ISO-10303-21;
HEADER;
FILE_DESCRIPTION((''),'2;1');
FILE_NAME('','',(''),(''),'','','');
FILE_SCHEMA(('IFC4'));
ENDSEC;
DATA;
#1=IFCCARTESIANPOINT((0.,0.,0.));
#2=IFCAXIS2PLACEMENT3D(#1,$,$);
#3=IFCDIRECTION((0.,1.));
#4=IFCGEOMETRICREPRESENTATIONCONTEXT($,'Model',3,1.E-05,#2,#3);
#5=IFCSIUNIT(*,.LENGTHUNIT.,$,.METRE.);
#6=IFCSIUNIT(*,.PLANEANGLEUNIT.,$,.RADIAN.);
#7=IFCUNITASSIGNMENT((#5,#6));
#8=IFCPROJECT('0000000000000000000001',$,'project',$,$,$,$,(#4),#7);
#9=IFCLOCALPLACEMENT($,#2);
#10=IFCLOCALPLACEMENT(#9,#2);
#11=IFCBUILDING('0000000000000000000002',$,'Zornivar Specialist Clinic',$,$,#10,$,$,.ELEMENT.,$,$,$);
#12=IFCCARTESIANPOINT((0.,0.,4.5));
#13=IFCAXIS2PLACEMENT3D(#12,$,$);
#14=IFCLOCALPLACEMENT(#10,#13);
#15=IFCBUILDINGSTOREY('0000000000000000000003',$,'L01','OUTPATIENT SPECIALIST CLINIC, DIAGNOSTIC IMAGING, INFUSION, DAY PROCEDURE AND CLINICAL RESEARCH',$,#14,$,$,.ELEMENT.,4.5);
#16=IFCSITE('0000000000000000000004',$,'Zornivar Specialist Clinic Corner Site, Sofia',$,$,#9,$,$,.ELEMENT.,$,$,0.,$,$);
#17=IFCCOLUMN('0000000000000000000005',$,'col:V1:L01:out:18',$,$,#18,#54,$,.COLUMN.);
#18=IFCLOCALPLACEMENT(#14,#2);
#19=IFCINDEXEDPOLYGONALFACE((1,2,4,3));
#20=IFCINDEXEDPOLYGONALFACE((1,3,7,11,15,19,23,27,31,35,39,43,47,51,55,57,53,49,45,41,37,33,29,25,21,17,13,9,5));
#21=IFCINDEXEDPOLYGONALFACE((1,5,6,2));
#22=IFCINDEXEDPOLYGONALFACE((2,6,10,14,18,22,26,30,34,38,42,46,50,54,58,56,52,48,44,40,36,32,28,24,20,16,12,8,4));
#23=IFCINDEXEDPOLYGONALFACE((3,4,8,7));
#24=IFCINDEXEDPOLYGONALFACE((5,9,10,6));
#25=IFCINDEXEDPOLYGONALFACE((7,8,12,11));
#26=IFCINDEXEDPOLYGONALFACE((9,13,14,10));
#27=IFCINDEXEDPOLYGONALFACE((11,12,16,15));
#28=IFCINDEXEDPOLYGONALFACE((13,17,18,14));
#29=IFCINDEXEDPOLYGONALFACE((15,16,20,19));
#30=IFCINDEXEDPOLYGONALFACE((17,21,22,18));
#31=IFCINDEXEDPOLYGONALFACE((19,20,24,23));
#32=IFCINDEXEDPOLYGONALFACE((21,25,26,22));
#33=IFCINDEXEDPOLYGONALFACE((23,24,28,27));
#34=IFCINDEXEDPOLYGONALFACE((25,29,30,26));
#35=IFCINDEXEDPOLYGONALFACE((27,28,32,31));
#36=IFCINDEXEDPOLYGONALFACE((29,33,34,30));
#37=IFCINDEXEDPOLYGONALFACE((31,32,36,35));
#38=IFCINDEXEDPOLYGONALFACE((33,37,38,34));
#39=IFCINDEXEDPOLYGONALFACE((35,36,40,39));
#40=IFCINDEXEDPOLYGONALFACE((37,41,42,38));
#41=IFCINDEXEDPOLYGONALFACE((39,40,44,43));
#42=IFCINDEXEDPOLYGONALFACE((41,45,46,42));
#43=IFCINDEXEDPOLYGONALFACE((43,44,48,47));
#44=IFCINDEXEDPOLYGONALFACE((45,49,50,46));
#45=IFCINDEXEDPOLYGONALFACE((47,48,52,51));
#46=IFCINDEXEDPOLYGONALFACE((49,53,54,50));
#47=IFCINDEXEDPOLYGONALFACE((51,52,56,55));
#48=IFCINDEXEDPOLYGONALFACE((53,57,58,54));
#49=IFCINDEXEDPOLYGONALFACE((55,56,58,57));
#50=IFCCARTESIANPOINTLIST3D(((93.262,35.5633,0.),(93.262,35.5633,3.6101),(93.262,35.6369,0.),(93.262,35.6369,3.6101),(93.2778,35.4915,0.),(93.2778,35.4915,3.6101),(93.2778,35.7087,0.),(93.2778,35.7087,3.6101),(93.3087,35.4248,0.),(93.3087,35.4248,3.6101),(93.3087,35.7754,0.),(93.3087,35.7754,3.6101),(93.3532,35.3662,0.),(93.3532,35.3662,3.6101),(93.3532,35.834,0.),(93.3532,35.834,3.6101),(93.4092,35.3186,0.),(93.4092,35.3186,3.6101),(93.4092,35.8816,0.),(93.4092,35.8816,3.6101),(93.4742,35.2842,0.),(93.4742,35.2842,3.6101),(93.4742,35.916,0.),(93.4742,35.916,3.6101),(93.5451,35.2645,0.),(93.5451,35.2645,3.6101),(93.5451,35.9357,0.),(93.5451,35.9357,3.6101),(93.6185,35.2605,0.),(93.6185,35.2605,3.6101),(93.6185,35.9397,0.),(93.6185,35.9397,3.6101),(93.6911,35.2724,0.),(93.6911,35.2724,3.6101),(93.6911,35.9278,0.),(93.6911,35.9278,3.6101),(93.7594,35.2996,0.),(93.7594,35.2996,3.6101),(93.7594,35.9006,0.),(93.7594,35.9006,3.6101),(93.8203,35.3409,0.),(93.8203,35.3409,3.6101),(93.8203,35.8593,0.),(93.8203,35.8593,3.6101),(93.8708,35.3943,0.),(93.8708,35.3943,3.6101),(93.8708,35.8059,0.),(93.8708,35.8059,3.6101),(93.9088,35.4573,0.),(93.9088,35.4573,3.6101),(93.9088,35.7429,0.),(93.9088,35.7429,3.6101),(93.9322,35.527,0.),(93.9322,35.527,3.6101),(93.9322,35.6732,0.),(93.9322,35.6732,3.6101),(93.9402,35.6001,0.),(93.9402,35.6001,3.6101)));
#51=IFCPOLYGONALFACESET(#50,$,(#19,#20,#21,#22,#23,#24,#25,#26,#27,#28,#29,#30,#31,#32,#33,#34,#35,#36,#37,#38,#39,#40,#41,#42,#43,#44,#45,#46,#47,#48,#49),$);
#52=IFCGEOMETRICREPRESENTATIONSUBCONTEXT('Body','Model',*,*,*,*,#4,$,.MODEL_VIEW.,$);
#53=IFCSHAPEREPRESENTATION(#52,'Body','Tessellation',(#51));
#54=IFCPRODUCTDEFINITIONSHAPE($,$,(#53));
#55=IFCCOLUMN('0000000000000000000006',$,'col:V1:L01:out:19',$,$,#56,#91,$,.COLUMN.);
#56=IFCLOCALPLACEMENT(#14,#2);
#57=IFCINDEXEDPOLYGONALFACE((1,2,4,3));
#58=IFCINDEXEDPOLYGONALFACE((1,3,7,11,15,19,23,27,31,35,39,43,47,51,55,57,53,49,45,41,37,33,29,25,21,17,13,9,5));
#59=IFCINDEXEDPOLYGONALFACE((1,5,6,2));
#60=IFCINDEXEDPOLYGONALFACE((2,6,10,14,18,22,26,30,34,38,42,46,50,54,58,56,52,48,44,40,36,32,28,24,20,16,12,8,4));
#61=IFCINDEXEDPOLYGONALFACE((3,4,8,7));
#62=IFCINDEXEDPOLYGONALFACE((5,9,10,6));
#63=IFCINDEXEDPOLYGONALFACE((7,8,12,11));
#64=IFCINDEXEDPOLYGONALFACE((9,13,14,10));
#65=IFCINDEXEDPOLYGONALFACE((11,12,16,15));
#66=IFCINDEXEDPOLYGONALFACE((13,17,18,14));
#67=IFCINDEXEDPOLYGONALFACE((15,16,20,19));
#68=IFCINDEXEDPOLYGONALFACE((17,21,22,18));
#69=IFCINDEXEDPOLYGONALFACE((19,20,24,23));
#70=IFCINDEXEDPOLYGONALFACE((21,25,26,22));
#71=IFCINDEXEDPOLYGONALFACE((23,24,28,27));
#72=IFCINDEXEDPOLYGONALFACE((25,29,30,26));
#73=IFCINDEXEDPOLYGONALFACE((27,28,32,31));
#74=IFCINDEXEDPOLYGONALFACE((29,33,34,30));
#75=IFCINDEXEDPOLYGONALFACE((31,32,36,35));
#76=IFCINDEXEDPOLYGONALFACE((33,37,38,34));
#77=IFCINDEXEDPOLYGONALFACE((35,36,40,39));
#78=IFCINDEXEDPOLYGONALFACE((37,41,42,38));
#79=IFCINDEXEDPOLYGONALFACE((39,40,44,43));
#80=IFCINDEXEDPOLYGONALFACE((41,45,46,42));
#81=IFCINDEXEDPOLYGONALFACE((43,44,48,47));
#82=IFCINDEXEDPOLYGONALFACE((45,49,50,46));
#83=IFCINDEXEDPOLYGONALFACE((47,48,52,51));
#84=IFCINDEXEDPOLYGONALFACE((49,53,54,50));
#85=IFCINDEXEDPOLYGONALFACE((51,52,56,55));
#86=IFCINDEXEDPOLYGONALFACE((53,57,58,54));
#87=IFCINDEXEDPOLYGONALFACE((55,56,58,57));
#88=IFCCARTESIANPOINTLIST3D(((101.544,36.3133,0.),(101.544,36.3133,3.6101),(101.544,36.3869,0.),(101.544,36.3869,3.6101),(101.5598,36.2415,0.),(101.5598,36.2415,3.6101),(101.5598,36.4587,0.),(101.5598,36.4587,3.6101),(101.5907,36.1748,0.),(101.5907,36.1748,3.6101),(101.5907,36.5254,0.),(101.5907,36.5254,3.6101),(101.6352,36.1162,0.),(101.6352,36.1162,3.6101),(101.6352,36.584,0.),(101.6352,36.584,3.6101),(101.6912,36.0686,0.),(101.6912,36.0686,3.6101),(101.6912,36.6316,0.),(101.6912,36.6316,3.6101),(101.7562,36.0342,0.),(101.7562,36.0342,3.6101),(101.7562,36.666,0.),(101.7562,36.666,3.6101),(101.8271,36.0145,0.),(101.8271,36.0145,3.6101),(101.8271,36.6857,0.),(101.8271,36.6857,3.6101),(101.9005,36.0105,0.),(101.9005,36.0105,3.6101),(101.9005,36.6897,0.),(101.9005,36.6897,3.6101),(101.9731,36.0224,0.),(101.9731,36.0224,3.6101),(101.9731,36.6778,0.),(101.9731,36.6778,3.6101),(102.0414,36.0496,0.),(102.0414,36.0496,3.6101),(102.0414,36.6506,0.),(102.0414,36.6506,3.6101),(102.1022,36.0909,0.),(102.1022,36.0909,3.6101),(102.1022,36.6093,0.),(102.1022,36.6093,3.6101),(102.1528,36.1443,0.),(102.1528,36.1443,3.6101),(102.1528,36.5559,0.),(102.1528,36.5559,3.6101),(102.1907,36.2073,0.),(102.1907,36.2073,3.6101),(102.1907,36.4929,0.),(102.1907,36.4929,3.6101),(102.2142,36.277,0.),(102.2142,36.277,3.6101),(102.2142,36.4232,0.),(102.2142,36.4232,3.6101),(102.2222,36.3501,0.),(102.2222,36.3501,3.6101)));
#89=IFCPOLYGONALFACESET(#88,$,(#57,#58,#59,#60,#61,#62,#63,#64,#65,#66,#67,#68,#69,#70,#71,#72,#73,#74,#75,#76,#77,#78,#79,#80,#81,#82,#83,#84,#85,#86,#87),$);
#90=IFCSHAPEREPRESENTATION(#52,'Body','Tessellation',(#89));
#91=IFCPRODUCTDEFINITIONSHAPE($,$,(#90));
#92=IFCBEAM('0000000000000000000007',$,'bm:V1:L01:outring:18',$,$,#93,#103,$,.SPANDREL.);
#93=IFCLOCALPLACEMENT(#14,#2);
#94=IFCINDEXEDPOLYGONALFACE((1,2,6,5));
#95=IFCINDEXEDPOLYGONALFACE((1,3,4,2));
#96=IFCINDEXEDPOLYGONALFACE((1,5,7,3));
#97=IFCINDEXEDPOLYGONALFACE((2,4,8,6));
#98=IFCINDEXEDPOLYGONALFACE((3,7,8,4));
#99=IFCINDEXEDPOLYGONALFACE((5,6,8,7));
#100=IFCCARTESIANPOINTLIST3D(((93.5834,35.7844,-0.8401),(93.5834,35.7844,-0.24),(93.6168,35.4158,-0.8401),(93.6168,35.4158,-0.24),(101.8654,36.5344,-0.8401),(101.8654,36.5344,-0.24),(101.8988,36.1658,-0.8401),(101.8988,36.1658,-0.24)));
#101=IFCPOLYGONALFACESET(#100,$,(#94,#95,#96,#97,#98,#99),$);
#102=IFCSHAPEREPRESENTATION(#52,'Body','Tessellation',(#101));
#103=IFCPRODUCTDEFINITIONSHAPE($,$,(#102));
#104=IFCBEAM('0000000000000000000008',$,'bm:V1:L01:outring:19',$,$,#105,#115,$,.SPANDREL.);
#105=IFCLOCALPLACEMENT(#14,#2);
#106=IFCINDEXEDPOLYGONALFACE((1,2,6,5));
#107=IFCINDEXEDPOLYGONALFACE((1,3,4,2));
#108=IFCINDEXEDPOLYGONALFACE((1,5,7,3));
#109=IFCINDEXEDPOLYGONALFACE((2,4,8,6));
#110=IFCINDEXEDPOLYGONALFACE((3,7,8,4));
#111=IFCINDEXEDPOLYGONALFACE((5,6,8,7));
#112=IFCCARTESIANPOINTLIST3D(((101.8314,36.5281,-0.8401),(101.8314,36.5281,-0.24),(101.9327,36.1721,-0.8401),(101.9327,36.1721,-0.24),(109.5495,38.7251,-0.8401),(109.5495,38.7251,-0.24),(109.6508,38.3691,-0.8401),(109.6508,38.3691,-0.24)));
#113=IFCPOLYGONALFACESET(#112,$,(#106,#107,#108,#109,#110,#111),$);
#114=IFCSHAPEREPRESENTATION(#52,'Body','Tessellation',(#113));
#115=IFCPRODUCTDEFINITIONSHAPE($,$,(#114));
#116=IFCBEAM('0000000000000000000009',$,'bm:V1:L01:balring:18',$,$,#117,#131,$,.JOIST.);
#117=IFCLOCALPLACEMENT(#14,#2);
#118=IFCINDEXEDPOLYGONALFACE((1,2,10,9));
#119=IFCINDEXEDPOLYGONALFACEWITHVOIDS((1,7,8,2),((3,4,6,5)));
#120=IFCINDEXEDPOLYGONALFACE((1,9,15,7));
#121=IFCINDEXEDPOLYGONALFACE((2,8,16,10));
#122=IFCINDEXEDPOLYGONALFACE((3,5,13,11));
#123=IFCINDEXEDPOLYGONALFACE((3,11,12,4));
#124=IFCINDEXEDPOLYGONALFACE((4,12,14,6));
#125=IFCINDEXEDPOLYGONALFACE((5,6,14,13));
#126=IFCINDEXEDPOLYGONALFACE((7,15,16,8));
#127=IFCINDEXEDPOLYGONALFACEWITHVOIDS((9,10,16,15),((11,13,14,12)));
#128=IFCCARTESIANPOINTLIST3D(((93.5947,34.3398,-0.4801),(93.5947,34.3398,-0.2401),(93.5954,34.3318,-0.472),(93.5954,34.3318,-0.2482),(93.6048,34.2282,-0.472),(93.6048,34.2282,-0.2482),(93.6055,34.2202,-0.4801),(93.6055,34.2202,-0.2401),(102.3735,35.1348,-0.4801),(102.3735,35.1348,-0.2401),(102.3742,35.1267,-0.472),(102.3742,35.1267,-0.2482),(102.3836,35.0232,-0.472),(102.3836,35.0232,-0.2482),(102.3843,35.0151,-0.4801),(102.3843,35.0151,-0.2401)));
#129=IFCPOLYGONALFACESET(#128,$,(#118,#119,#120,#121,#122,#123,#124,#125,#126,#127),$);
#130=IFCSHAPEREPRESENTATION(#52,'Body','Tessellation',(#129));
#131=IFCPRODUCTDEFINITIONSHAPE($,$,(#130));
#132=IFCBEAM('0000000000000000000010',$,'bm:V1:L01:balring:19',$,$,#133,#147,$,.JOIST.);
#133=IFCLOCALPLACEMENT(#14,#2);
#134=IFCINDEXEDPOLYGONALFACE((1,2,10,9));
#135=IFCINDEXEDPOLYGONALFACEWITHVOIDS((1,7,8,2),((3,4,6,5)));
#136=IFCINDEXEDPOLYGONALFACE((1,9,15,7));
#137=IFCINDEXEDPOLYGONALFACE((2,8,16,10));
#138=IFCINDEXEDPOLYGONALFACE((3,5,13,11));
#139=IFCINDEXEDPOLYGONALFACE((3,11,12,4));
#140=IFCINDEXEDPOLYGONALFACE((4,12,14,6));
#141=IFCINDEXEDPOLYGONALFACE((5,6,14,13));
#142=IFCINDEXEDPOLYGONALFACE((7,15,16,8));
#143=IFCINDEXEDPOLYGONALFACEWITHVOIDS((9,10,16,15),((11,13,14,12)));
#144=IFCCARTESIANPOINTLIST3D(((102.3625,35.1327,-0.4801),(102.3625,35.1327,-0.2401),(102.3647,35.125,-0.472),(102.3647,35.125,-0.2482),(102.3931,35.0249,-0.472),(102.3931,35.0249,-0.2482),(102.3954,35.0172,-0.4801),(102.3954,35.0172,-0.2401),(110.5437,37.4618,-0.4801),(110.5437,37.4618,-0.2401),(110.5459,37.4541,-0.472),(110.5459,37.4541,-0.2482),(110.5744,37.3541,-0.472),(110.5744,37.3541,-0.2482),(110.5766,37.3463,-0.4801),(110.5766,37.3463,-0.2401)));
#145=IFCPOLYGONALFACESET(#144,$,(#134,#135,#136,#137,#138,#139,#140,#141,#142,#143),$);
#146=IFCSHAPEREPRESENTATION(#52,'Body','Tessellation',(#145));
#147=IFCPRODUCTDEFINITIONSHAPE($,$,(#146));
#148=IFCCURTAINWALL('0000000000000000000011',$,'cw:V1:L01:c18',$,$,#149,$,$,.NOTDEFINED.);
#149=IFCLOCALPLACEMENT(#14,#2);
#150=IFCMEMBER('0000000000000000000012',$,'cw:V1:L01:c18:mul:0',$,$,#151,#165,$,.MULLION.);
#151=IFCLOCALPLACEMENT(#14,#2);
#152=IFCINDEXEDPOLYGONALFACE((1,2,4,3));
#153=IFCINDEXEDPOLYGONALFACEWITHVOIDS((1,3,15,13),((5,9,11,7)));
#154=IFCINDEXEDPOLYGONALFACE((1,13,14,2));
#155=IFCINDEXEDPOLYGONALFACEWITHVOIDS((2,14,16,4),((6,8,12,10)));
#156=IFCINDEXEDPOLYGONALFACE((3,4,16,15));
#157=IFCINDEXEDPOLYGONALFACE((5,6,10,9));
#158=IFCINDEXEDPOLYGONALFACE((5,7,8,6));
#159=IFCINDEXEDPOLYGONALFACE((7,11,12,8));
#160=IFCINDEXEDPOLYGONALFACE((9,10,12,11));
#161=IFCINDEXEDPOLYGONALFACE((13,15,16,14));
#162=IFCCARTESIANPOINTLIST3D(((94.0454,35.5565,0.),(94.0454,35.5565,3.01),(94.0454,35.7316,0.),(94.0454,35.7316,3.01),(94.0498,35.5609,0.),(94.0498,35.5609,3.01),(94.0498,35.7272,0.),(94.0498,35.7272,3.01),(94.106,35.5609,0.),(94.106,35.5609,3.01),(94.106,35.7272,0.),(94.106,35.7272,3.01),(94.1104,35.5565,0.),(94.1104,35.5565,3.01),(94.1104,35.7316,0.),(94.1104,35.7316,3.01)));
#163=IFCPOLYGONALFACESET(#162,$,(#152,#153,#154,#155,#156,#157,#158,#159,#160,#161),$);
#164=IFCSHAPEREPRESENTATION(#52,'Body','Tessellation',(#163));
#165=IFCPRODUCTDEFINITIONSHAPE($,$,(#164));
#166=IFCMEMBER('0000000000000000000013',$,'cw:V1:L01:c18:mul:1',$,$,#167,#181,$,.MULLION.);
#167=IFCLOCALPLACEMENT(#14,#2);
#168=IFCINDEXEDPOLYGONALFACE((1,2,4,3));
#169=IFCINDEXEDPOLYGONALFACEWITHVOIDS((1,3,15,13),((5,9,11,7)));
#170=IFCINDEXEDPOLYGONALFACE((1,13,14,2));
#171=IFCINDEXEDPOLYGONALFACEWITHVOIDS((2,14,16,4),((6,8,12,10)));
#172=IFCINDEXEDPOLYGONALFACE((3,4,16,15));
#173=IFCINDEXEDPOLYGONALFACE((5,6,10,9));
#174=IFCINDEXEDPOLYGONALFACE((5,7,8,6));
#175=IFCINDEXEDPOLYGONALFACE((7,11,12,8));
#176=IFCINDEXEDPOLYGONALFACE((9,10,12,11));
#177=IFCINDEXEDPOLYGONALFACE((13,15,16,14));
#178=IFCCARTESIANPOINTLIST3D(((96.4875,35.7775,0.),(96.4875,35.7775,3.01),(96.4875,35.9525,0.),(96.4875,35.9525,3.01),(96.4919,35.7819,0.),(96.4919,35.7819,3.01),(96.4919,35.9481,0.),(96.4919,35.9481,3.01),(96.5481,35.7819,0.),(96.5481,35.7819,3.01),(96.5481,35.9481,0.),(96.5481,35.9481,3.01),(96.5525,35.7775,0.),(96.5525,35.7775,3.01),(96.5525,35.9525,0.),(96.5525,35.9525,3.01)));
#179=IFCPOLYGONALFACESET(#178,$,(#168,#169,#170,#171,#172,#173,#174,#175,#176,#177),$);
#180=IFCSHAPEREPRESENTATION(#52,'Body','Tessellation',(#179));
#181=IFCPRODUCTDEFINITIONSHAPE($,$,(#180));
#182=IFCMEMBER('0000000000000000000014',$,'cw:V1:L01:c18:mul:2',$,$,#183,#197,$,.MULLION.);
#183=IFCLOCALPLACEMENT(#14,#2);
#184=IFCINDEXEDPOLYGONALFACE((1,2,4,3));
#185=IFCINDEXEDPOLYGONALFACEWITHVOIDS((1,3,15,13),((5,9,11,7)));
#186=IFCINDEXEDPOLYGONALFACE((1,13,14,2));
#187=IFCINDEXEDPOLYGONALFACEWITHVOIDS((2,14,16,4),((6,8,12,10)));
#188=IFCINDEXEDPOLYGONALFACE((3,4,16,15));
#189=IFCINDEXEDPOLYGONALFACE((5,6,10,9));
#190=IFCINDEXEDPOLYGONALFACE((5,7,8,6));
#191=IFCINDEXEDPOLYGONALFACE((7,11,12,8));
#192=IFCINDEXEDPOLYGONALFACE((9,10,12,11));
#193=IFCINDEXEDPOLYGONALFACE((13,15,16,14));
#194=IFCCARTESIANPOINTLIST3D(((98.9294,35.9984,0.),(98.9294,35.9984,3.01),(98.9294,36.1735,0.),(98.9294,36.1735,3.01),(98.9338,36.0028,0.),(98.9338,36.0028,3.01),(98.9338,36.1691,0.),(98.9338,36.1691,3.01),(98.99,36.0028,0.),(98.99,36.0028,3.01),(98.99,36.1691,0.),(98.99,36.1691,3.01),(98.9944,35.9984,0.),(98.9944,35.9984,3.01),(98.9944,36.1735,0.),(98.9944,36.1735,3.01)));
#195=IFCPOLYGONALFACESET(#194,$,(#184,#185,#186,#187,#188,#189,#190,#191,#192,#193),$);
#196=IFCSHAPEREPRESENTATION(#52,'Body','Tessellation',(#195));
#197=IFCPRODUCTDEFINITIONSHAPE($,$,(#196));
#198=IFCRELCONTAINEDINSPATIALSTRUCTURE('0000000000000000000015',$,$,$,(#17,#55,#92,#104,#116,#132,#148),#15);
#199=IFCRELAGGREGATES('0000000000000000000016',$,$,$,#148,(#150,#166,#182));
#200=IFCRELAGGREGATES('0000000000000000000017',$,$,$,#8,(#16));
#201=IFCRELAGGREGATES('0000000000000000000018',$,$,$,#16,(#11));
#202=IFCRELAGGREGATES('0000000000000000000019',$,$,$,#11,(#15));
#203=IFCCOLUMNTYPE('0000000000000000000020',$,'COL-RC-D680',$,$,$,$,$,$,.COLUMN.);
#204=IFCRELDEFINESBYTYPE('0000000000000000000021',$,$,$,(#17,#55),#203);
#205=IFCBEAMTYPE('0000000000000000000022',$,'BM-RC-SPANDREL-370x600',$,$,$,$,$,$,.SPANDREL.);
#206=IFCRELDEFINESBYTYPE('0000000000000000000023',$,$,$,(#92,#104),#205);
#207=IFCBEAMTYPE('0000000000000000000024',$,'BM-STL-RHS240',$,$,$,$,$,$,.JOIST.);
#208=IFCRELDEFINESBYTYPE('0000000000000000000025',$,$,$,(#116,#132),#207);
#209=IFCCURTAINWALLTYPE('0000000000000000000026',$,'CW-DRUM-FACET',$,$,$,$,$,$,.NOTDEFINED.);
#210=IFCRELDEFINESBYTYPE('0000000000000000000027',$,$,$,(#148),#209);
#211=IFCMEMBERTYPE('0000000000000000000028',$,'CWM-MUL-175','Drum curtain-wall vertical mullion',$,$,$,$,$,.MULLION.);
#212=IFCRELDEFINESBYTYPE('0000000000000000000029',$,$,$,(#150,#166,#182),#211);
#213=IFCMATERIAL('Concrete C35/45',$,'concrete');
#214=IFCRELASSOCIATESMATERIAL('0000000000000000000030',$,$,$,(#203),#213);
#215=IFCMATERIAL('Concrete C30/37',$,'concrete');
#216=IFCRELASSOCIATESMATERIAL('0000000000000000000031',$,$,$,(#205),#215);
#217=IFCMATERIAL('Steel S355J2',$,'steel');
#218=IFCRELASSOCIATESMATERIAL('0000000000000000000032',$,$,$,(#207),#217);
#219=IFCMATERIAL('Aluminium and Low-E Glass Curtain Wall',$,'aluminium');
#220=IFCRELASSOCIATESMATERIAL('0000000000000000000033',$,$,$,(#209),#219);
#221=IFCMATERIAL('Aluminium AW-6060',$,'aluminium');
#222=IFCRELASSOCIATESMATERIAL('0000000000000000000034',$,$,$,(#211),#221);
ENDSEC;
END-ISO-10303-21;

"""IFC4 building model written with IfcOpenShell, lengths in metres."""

from ifc_helpers import new_model, si_unit, direction, frame, origin, origin_2d, place, context, subcontext, project, spatial, rectangle, hollow_rectangle, circle, extrude, material, material_profile, profile_set, type_object, element, aggregate, save


model = new_model("IFC4")

# Units and contexts
model_context = context("Model", 3, precision=1e-05, world=origin(), true_north=direction((0.0, 1.0)))
body_context = subcontext(model_context, "Body", "Model", "MODEL_VIEW")
ifc_project = project(units=[si_unit("LENGTHUNIT", "METRE"), si_unit("PLANEANGLEUNIT", "RADIAN")], contexts=[model_context])

# Site, building, storey
site_placement = place(None, origin())
site = spatial("IfcSite", under=ifc_project, at=site_placement, Name="Zornivar Specialist Clinic Corner Site, Sofia", CompositionType="ELEMENT", RefElevation=0.0)
building_placement = place(site_placement, origin())
building = spatial("IfcBuilding", under=site, at=building_placement, Name="Zornivar Specialist Clinic", CompositionType="ELEMENT")
storey_placement = place(building_placement, frame((0.0, 0.0, 4.5)))
storey = spatial("IfcBuildingStorey", under=building, at=storey_placement, Name="L01", Description="OUTPATIENT SPECIALIST CLINIC, DIAGNOSTIC IMAGING, INFUSION, DAY PROCEDURE AND CLINICAL RESEARCH", CompositionType="ELEMENT", Elevation=4.5)

# Columns
ifc_material_1 = material(Name="Concrete C35/45", Category="concrete")
ifc_material_profile_1 = material_profile(ifc_material_1, circle(Radius=0.3401, at=origin_2d()), Name="RC D680")
ifc_profile_set_1 = profile_set([ifc_material_profile_1], Name="Concrete C35/45")
column_type = type_object("IfcColumnType", Name="COL-RC-D680", PredefinedType="COLUMN", material=ifc_profile_set_1)
for number, where, z_axis, x_axis, name in (
    (1, (93.6001, 35.6001, 0.0), (0.0, 0.0, 1.0), (1.0, 0.0, 0.0), "col:V1:L01:out:18"),
    (2, (101.8821, 36.3501, 0.0), (0.0, 0.0, 1.0), (1.0, 0.0, 0.0), "col:V1:L01:out:19"),
):
    element("IfcColumn", number, at=place(storey_placement, frame(where, z_axis=z_axis, x_axis=x_axis)), inside=storey, type_object=column_type, Name=name, PredefinedType="COLUMN", context=body_context, shape_type="SweptSolid", body=[
        extrude(circle(Radius=0.3401, at=origin_2d()), origin(), (0.0, 0.0, 1.0), 3.6101),
    ])

# Beams
ifc_material_2 = material(Name="Concrete C30/37", Category="concrete")
ifc_material_profile_2 = material_profile(ifc_material_2, rectangle(XDim=0.3701, YDim=0.6001, at=origin_2d()), Name="RC 370x600")
ifc_profile_set_2 = profile_set([ifc_material_profile_2], Name="Concrete C30/37")
beam_type_1 = type_object("IfcBeamType", Name="BM-RC-SPANDREL-370x600", PredefinedType="SPANDREL", material=ifc_profile_set_2)
beam_1_placement = place(storey_placement, frame((93.6001, 35.6001, -0.54), z_axis=(0.995925, 0.090189, 0.0), x_axis=(-0.090189, 0.995925, 0.0)))
element("IfcBeam", 3, at=beam_1_placement, inside=storey, type_object=beam_type_1, Name="bm:V1:L01:outring:18", PredefinedType="SPANDREL", context=body_context, shape_type="SweptSolid", body=[
    extrude(rectangle(XDim=0.3701, YDim=0.6001, at=origin_2d()), origin(), (0.0, 0.0, 1.0), 8.3159),
])
beam_2_placement = place(storey_placement, frame((101.8821, 36.3501, -0.54), z_axis=(0.961791, 0.273785, 0.0), x_axis=(-0.273785, 0.961791, 0.0)))
element("IfcBeam", 4, at=beam_2_placement, inside=storey, type_object=beam_type_1, Name="bm:V1:L01:outring:19", PredefinedType="SPANDREL", context=body_context, shape_type="SweptSolid", body=[
    extrude(rectangle(XDim=0.3701, YDim=0.6001, at=origin_2d()), origin(), (0.0, 0.0, 1.0), 8.0247),
])
ifc_material_3 = material(Name="Steel S355J2", Category="steel")
ifc_material_profile_3 = material_profile(ifc_material_3, hollow_rectangle(XDim=0.1201, YDim=0.24, WallThickness=0.0081, at=origin_2d()), Name="RHS 240x120x8")
ifc_profile_set_3 = profile_set([ifc_material_profile_3], Name="Steel S355J2")
beam_type_2 = type_object("IfcBeamType", Name="BM-STL-RHS240", PredefinedType="JOIST", material=ifc_profile_set_3)
beam_3_placement = place(storey_placement, frame((93.6001, 34.28, -0.3601), z_axis=(0.995925, 0.090181, 0.0), x_axis=(-0.090181, 0.995925, 0.0)))
element("IfcBeam", 5, at=beam_3_placement, inside=storey, type_object=beam_type_2, Name="bm:V1:L01:balring:18", PredefinedType="JOIST", context=body_context, shape_type="SweptSolid", body=[
    extrude(hollow_rectangle(XDim=0.1201, YDim=0.24, WallThickness=0.0081, at=origin_2d()), origin(), (0.0, 0.0, 1.0), 8.8147),
])
beam_4_placement = place(storey_placement, frame((102.3789, 35.075, -0.3601), z_axis=(0.961783, 0.273811, 0.0), x_axis=(-0.273811, 0.961783, 0.0)))
element("IfcBeam", 6, at=beam_4_placement, inside=storey, type_object=beam_type_2, Name="bm:V1:L01:balring:19", PredefinedType="JOIST", context=body_context, shape_type="SweptSolid", body=[
    extrude(hollow_rectangle(XDim=0.1201, YDim=0.24, WallThickness=0.0081, at=origin_2d()), origin(), (0.0, 0.0, 1.0), 8.5063),
])

# Curtain wall, members
ifc_material_4 = material(Name="Aluminium and Low-E Glass Curtain Wall", Category="aluminium")
curtain_wall_type = type_object("IfcCurtainWallType", Name="CW-DRUM-FACET", PredefinedType="NOTDEFINED", material=ifc_material_4)
curtain_wall_1_placement = place(storey_placement, origin())
curtain_wall_1 = element("IfcCurtainWall", 7, at=curtain_wall_1_placement, inside=storey, type_object=curtain_wall_type, Name="cw:V1:L01:c18", PredefinedType="NOTDEFINED")
ifc_material_5 = material(Name="Aluminium AW-6060", Category="aluminium")
ifc_material_profile_4 = material_profile(ifc_material_5, hollow_rectangle(XDim=0.0649, YDim=0.175, WallThickness=0.0044, at=origin_2d()), Name="ALU 65x175x4.5")
ifc_profile_set_4 = profile_set([ifc_material_profile_4], Name="Aluminium AW-6060")
member_type_1 = type_object("IfcMemberType", Name="CWM-MUL-175", Description="Drum curtain-wall vertical mullion", PredefinedType="MULLION", material=ifc_profile_set_4)
member_1_placement = place(storey_placement, frame((94.0779, 35.644, 0.0), z_axis=(0.0, 0.0, 1.0), x_axis=(1.0, 0.0, 0.0)))
member_1 = element("IfcMember", 8, at=member_1_placement, type_object=member_type_1, Name="cw:V1:L01:c18:mul:0", PredefinedType="MULLION", context=body_context, shape_type="SweptSolid", body=[
    extrude(hollow_rectangle(XDim=0.0649, YDim=0.175, WallThickness=0.0044, at=origin_2d()), origin(), (0.0, 0.0, 1.0), 3.01),
])
member_2_placement = place(storey_placement, frame((96.52, 35.865, 0.0), z_axis=(0.0, 0.0, 1.0), x_axis=(1.0, 0.0, 0.0)))
member_2 = element("IfcMember", 9, at=member_2_placement, type_object=member_type_1, Name="cw:V1:L01:c18:mul:1", PredefinedType="MULLION", context=body_context, shape_type="SweptSolid", body=[
    extrude(hollow_rectangle(XDim=0.0649, YDim=0.175, WallThickness=0.0044, at=origin_2d()), origin(), (0.0, 0.0, 1.0), 3.01),
])
member_3_placement = place(storey_placement, frame((98.9619, 36.0859, 0.0), z_axis=(0.0, 0.0, 1.0), x_axis=(1.0, 0.0, 0.0)))
member_3 = element("IfcMember", 10, at=member_3_placement, type_object=member_type_1, Name="cw:V1:L01:c18:mul:2", PredefinedType="MULLION", context=body_context, shape_type="SweptSolid", body=[
    extrude(hollow_rectangle(XDim=0.0649, YDim=0.175, WallThickness=0.0044, at=origin_2d()), origin(), (0.0, 0.0, 1.0), 3.01),
])

aggregate(curtain_wall_1, [member_1, member_2, member_3])

save(model, "model.ifc")
